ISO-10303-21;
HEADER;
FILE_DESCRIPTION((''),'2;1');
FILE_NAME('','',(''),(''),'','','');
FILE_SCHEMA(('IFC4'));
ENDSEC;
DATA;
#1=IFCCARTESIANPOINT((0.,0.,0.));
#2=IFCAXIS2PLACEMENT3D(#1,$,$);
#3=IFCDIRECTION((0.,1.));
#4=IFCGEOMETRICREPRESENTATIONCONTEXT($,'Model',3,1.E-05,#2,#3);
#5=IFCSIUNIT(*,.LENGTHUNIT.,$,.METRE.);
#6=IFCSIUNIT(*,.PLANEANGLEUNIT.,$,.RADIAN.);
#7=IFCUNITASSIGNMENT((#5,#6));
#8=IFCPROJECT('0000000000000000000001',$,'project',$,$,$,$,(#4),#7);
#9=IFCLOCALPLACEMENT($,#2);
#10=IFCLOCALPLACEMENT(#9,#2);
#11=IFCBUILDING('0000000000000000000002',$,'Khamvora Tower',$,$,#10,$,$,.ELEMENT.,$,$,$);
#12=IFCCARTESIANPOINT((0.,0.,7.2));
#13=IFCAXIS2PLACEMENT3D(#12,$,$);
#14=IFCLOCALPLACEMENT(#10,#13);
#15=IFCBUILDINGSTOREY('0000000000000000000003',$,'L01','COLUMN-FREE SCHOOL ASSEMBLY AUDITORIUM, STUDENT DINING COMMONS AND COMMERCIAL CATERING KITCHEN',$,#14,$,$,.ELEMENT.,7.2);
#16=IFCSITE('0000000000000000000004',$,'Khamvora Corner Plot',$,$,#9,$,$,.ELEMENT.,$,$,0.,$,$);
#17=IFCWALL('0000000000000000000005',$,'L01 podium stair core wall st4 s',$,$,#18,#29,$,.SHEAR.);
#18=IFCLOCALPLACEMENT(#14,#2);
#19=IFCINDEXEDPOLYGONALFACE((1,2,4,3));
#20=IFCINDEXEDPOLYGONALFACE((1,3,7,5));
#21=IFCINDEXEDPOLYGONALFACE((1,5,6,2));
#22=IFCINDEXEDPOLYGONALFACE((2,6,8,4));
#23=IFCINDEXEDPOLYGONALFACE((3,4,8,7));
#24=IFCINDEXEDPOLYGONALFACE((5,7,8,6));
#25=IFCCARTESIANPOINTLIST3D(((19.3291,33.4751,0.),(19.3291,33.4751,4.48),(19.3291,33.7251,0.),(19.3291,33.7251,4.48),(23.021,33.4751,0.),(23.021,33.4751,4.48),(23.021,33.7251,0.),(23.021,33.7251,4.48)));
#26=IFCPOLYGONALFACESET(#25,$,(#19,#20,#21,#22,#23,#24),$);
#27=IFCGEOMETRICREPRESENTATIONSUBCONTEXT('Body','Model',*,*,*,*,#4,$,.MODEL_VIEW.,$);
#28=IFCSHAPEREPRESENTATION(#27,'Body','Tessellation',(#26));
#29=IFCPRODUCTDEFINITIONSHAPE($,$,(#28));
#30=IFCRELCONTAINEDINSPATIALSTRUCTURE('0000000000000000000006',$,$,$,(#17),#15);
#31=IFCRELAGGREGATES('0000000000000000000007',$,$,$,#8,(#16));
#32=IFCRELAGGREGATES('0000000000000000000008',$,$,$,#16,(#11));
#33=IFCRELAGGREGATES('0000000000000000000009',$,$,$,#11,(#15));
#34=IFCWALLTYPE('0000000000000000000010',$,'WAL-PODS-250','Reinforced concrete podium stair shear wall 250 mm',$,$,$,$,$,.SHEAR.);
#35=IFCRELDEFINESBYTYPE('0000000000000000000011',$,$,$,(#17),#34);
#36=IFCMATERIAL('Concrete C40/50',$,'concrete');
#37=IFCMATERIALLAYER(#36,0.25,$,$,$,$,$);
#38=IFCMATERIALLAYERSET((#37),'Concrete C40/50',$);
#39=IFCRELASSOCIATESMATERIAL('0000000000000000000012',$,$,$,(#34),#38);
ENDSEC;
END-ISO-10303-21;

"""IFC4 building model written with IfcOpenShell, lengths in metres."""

from ifc_helpers import new_model, si_unit, direction, frame, frame_2d, origin, place, context, subcontext, project, spatial, rectangle, extrude, material, layer, layer_set, type_object, element, save


model = new_model("IFC4")

# Units and contexts
model_context = context("Model", 3, precision=1e-05, world=origin(), true_north=direction((0.0, 1.0)))
body_context = subcontext(model_context, "Body", "Model", "MODEL_VIEW")
ifc_project = project(units=[si_unit("LENGTHUNIT", "METRE"), si_unit("PLANEANGLEUNIT", "RADIAN")], contexts=[model_context])

# Site, building, storey
site_placement = place(None, origin())
site = spatial("IfcSite", under=ifc_project, at=site_placement, Name="Khamvora Corner Plot", CompositionType="ELEMENT", RefElevation=0.0)
building_placement = place(site_placement, origin())
building = spatial("IfcBuilding", under=site, at=building_placement, Name="Khamvora Tower", CompositionType="ELEMENT")
storey_placement = place(building_placement, frame((0.0, 0.0, 7.2)))
storey = spatial("IfcBuildingStorey", under=building, at=storey_placement, Name="L01", Description="COLUMN-FREE SCHOOL ASSEMBLY AUDITORIUM, STUDENT DINING COMMONS AND COMMERCIAL CATERING KITCHEN", CompositionType="ELEMENT", Elevation=7.2)

# Wall
ifc_material_1 = material(Name="Concrete C40/50", Category="concrete")
ifc_layer_1 = layer(ifc_material_1, 0.25)
ifc_layer_set_1 = layer_set([ifc_layer_1], Name="Concrete C40/50")
wall_type_1 = type_object("IfcWallType", Name="WAL-PODS-250", Description="Reinforced concrete podium stair shear wall 250 mm", PredefinedType="SHEAR", material=ifc_layer_set_1)
wall_1_placement = place(storey_placement, frame((19.3291, 33.6001, 0.0), z_axis=(0.0, 0.0, 1.0), x_axis=(1.0, 0.0, 0.0)))
element("IfcWall", 1, at=wall_1_placement, inside=storey, type_object=wall_type_1, Name="L01 podium stair core wall st4 s", PredefinedType="SHEAR", context=body_context, shape_type="SweptSolid", body=[
    extrude(rectangle(XDim=3.6919, YDim=0.25, at=frame_2d((1.8459, 0.0))), origin(), (0.0, 0.0, 1.0), 4.48),
])

save(model, "model.ifc")
